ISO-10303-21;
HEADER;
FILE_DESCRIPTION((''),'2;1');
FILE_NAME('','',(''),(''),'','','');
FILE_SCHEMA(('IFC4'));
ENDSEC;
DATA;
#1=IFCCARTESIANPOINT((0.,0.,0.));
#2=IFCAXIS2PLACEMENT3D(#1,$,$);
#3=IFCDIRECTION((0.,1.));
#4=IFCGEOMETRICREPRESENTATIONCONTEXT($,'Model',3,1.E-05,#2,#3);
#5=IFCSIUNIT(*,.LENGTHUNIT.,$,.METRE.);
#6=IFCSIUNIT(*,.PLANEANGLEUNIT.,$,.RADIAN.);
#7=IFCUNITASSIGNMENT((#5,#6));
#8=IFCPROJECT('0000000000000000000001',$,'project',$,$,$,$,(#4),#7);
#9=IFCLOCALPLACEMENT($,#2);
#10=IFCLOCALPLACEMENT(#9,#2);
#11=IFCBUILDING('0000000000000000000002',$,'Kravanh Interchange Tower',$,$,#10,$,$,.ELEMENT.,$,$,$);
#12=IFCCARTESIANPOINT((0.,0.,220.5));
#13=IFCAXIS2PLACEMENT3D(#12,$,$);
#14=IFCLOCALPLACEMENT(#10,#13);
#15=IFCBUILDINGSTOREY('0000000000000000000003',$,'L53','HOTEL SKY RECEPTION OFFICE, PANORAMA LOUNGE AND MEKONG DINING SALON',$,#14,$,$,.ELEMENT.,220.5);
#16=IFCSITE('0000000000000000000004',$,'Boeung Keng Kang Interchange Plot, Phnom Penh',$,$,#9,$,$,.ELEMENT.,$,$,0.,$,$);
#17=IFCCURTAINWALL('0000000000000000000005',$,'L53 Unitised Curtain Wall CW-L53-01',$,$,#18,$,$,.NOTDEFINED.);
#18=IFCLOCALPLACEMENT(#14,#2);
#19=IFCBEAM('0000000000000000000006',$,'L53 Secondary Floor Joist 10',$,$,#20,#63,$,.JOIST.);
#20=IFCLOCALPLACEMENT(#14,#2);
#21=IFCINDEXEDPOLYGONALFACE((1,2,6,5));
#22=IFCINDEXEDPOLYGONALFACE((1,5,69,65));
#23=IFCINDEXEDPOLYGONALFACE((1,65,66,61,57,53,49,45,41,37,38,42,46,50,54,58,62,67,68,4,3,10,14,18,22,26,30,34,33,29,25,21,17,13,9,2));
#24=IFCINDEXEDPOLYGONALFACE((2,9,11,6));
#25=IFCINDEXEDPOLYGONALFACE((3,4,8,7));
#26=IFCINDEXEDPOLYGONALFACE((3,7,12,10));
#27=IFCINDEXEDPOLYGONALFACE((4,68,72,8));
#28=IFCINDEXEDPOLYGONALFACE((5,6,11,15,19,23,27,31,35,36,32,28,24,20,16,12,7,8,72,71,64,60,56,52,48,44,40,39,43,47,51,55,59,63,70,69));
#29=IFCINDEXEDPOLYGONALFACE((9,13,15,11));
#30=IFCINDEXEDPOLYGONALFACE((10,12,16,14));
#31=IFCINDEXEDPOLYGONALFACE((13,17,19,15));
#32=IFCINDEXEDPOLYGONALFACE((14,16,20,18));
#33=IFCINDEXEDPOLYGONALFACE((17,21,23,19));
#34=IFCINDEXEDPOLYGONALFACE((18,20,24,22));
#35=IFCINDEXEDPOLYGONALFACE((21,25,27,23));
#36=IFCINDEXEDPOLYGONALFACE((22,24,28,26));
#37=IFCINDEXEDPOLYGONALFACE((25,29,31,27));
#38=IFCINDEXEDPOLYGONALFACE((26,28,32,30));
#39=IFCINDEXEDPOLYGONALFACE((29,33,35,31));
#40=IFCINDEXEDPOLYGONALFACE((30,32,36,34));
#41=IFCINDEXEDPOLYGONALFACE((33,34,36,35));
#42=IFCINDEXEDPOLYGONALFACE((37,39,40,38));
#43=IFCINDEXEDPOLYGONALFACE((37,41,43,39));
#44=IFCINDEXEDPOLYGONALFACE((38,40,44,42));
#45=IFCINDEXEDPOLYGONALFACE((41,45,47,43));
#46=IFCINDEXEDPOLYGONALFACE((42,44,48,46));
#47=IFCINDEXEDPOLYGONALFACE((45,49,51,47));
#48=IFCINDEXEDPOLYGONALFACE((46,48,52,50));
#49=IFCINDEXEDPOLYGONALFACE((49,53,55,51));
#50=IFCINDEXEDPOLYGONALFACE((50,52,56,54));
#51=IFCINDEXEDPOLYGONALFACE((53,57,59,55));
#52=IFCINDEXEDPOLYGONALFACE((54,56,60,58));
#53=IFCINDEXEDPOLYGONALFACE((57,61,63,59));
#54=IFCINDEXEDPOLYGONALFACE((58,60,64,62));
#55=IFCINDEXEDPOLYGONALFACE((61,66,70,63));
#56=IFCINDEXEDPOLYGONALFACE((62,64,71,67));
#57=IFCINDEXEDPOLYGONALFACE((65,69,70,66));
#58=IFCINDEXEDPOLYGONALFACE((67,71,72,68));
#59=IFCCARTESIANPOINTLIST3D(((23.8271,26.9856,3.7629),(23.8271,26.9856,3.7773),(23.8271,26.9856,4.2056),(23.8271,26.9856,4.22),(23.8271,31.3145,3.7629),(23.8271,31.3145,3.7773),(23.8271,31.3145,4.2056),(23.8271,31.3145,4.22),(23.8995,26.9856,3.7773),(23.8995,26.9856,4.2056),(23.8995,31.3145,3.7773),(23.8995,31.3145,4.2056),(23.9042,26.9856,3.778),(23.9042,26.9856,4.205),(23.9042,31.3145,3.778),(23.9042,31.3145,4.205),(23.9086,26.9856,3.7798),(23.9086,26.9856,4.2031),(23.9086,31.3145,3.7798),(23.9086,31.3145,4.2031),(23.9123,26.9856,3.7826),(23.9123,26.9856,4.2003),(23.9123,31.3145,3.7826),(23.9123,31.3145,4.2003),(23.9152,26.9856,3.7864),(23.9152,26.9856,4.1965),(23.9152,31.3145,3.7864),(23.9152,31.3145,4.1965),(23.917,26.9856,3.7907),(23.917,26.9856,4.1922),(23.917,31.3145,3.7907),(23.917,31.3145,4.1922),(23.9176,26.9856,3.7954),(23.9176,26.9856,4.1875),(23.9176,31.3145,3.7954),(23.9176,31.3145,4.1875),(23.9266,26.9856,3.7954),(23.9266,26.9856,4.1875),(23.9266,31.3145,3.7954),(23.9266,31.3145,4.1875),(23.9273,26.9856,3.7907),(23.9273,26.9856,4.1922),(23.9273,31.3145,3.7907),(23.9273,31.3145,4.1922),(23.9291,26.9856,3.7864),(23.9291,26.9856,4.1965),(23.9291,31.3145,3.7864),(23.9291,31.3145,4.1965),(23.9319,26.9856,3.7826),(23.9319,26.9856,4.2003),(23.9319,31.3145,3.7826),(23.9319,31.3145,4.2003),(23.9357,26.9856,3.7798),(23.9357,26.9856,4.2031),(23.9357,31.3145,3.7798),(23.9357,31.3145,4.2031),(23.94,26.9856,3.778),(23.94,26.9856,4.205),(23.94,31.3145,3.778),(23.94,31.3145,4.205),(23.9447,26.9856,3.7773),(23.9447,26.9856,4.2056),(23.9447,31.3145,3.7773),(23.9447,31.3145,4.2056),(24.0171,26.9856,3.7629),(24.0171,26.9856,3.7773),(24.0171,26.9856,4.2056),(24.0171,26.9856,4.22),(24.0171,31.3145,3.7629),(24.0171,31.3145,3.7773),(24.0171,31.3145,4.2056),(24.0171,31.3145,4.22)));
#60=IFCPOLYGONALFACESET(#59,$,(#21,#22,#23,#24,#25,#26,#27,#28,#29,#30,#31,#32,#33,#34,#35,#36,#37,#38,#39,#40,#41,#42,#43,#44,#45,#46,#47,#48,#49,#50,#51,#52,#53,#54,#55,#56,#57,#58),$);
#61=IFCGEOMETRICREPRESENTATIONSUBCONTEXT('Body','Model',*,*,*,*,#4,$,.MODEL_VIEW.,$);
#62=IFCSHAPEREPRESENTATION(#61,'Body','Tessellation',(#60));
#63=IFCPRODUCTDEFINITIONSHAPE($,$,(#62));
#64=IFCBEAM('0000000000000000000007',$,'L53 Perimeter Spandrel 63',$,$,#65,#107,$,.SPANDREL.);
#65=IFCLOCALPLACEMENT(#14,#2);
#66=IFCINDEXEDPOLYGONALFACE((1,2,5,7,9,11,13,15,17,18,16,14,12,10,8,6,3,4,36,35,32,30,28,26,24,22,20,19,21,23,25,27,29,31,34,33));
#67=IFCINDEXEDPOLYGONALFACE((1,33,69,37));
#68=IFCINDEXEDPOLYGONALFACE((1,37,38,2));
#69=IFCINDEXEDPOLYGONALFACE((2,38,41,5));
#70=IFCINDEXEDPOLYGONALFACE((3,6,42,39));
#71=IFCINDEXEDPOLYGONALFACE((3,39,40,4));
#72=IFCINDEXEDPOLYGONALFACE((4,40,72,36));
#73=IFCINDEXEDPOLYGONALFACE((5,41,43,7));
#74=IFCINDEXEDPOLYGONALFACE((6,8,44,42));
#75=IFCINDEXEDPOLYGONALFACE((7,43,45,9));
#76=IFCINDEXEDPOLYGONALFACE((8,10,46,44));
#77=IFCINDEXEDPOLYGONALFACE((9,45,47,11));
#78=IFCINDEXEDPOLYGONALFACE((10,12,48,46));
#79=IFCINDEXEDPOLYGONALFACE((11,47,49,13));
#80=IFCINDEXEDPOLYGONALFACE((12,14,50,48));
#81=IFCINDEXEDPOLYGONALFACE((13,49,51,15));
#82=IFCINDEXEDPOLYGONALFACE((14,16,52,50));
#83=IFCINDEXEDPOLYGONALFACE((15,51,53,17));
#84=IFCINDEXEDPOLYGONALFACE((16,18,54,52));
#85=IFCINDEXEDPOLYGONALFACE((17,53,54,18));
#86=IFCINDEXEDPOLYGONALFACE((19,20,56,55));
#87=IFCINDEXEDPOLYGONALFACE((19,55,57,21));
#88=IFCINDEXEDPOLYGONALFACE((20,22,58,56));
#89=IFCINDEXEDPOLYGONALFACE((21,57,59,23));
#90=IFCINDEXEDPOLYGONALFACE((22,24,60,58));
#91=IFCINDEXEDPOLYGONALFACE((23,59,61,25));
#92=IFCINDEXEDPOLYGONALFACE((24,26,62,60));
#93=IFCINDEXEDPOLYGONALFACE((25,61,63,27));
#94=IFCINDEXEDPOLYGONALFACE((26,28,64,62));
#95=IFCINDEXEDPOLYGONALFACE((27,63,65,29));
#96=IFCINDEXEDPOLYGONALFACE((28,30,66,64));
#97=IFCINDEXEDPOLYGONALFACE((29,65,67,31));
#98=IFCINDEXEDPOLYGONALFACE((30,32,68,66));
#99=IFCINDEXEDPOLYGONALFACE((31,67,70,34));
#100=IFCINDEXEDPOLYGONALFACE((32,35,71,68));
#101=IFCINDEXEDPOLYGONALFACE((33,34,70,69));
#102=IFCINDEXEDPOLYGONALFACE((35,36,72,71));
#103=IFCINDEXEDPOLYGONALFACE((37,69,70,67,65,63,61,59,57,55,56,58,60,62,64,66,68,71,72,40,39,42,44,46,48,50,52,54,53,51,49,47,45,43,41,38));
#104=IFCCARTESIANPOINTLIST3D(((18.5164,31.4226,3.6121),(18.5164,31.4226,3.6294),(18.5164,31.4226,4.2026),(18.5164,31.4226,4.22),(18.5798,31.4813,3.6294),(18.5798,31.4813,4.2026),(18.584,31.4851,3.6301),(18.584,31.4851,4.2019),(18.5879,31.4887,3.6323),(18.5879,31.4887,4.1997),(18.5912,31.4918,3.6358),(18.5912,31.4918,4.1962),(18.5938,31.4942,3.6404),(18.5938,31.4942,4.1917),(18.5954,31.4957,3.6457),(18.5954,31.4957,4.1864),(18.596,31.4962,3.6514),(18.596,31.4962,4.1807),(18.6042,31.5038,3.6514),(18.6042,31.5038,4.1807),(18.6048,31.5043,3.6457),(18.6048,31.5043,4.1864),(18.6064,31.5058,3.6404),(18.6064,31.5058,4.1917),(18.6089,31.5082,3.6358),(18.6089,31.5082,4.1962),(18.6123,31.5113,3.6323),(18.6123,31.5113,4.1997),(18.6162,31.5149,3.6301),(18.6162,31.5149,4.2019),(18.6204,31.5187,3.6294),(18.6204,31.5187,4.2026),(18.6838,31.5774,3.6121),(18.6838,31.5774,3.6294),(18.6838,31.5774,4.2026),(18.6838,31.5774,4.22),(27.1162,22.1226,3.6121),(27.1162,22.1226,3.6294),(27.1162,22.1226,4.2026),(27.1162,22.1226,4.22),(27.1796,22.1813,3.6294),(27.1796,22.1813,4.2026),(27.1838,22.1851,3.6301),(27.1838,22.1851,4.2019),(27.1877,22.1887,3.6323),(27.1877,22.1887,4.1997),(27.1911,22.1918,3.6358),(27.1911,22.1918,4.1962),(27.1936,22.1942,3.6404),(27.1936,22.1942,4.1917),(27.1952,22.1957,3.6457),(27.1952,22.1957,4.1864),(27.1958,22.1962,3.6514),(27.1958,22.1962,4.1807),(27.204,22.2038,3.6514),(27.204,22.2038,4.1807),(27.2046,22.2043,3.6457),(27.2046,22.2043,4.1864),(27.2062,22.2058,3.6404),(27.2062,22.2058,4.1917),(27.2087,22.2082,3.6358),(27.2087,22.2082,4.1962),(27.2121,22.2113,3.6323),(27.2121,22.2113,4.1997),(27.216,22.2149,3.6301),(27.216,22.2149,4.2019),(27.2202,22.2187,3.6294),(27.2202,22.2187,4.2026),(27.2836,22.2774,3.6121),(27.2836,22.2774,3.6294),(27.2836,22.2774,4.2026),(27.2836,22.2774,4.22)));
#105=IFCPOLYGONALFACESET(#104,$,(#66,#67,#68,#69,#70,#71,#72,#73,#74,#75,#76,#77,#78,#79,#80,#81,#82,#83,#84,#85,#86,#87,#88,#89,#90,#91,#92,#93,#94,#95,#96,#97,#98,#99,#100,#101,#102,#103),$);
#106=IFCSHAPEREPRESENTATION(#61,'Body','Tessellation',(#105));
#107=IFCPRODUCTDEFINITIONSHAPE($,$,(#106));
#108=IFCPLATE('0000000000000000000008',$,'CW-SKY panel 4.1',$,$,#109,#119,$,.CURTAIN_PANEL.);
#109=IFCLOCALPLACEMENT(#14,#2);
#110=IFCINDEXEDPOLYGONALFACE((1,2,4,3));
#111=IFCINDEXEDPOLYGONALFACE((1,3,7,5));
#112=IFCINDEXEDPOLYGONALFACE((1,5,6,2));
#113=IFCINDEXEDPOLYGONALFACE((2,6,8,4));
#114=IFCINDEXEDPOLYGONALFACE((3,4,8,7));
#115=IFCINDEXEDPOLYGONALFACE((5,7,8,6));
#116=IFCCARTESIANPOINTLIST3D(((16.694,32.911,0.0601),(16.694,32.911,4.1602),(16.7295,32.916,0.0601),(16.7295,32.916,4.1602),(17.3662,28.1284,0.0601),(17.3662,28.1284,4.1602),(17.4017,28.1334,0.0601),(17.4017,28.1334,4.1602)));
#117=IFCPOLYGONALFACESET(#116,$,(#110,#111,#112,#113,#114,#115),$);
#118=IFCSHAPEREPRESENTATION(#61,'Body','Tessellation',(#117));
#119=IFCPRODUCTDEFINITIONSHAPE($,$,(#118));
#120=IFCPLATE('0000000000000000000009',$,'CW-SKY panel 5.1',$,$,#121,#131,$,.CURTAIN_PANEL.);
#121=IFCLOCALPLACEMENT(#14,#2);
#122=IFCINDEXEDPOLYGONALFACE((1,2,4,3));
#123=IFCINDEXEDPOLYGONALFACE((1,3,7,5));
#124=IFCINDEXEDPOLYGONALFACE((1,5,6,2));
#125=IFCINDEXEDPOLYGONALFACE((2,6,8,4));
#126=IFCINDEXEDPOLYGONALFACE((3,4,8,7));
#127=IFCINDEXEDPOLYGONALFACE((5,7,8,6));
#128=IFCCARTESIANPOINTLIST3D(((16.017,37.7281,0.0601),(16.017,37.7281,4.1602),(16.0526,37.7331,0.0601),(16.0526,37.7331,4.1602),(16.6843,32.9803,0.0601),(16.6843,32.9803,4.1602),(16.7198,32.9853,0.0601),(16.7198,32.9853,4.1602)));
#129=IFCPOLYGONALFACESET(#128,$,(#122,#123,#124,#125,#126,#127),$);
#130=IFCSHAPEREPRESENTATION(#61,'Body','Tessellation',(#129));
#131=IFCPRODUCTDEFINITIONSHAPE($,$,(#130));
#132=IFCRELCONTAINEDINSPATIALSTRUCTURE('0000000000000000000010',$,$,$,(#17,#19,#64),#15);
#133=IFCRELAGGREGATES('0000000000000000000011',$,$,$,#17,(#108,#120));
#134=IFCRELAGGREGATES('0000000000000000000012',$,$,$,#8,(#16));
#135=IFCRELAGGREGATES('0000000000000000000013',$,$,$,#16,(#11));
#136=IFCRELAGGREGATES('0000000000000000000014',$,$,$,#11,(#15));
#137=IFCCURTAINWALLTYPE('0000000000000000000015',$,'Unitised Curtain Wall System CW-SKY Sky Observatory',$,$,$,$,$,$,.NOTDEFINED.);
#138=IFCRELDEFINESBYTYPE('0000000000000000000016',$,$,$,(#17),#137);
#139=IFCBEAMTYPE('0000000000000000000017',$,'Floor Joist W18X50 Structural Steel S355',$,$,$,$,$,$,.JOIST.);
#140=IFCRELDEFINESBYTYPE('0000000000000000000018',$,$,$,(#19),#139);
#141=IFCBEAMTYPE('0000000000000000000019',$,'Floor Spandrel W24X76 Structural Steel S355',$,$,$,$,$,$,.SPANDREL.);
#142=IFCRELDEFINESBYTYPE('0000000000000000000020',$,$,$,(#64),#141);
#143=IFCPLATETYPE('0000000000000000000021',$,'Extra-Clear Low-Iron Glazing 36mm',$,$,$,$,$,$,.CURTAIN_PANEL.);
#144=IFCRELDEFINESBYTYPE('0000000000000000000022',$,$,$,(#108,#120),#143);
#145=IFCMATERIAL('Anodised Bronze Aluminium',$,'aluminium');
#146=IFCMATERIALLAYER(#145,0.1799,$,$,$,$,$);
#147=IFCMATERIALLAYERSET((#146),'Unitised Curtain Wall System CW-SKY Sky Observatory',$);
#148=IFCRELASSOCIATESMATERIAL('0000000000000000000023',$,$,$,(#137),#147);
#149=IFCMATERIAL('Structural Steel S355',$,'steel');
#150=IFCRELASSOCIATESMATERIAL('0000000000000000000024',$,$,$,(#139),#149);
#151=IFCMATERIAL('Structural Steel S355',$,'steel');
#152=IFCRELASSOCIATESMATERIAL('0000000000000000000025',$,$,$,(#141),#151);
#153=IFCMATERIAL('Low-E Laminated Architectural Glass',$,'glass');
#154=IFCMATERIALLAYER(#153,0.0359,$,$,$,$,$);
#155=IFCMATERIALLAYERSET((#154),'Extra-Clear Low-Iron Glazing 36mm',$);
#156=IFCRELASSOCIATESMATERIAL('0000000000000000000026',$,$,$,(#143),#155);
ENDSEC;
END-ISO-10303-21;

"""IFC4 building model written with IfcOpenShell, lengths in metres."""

from ifc_helpers import new_model, si_unit, direction, frame, origin, origin_2d, place, context, subcontext, project, spatial, rectangle, i_section, extrude, material, layer, layer_set, material_profile, profile_set, type_object, element, aggregate, save


model = new_model("IFC4")

# Units and contexts
model_context = context("Model", 3, precision=1e-05, world=origin(), true_north=direction((0.0, 1.0)))
body_context = subcontext(model_context, "Body", "Model", "MODEL_VIEW")
ifc_project = project(units=[si_unit("LENGTHUNIT", "METRE"), si_unit("PLANEANGLEUNIT", "RADIAN")], contexts=[model_context])

# Site, building, storey
site_placement = place(None, origin())
site = spatial("IfcSite", under=ifc_project, at=site_placement, Name="Boeung Keng Kang Interchange Plot, Phnom Penh", CompositionType="ELEMENT", RefElevation=0.0)
building_placement = place(site_placement, origin())
building = spatial("IfcBuilding", under=site, at=building_placement, Name="Kravanh Interchange Tower", CompositionType="ELEMENT")
storey_placement = place(building_placement, frame((0.0, 0.0, 220.5)))
storey = spatial("IfcBuildingStorey", under=building, at=storey_placement, Name="L53", Description="HOTEL SKY RECEPTION OFFICE, PANORAMA LOUNGE AND MEKONG DINING SALON", CompositionType="ELEMENT", Elevation=220.5)

# Curtain wall
ifc_material_1 = material(Name="Anodised Bronze Aluminium", Category="aluminium")
ifc_layer_1 = layer(ifc_material_1, 0.1799)
ifc_layer_set_1 = layer_set([ifc_layer_1], Name="Unitised Curtain Wall System CW-SKY Sky Observatory")
curtain_wall_type = type_object("IfcCurtainWallType", Name="Unitised Curtain Wall System CW-SKY Sky Observatory", PredefinedType="NOTDEFINED", material=ifc_layer_set_1)
curtain_wall_placement = place(storey_placement, origin())
curtain_wall = element("IfcCurtainWall", 1, at=curtain_wall_placement, inside=storey, type_object=curtain_wall_type, Name="L53 Unitised Curtain Wall CW-L53-01", PredefinedType="NOTDEFINED")

# Beams
ifc_material_2 = material(Name="Structural Steel S355", Category="steel")
ifc_material_profile_1 = material_profile(ifc_material_2, i_section(OverallWidth=0.1899, OverallDepth=0.457, WebThickness=0.009, FlangeThickness=0.0144, FilletRadius=0.0181, at=origin_2d()), Name="W18X50")
ifc_profile_set_1 = profile_set([ifc_material_profile_1], Name="Structural Steel S355")
beam_type_1 = type_object("IfcBeamType", Name="Floor Joist W18X50 Structural Steel S355", PredefinedType="JOIST", material=ifc_profile_set_1)
for number, where, z_axis, x_axis, name in (
    (2, (23.9221, 26.9856, 3.9915), (0.0, 1.0, 0.0), (-1.0, 0.0, 0.0), "L53 Secondary Floor Joist 10"),
):
    element("IfcBeam", number, at=place(storey_placement, frame(where, z_axis=z_axis, x_axis=x_axis)), inside=storey, type_object=beam_type_1, Name=name, PredefinedType="JOIST", context=body_context, shape_type="SweptSolid", body=[
        extrude(i_section(OverallWidth=0.1899, OverallDepth=0.457, WebThickness=0.009, FlangeThickness=0.0144, FilletRadius=0.0181, at=origin_2d()), origin(), (0.0, 0.0, 1.0), 4.3289),
    ])
ifc_material_3 = material(Name="Structural Steel S355", Category="steel")
ifc_material_profile_2 = material_profile(ifc_material_3, i_section(OverallWidth=0.228, OverallDepth=0.6079, WebThickness=0.0112, FlangeThickness=0.0173, FilletRadius=0.022, at=origin_2d()), Name="W24X76")
ifc_profile_set_2 = profile_set([ifc_material_profile_2], Name="Structural Steel S355")
beam_type_2 = type_object("IfcBeamType", Name="Floor Spandrel W24X76 Structural Steel S355", PredefinedType="SPANDREL", material=ifc_profile_set_2)
beam_1_placement = place(storey_placement, frame((18.6001, 31.5, 3.916), z_axis=(0.678927, -0.734205, 0.0), x_axis=(0.734205, 0.678927, 0.0)))
element("IfcBeam", 3, at=beam_1_placement, inside=storey, type_object=beam_type_2, Name="L53 Perimeter Spandrel 63", PredefinedType="SPANDREL", context=body_context, shape_type="SweptSolid", body=[
    extrude(i_section(OverallWidth=0.228, OverallDepth=0.6079, WebThickness=0.0112, FlangeThickness=0.0173, FilletRadius=0.022, at=origin_2d()), origin(), (0.0, 0.0, 1.0), 12.6667),
])

# Plates
ifc_material_4 = material(Name="Low-E Laminated Architectural Glass", Category="glass")
ifc_layer_2 = layer(ifc_material_4, 0.0359)
ifc_layer_set_2 = layer_set([ifc_layer_2], Name="Extra-Clear Low-Iron Glazing 36mm")
plate_type = type_object("IfcPlateType", Name="Extra-Clear Low-Iron Glazing 36mm", PredefinedType="CURTAIN_PANEL", material=ifc_layer_set_2)
plate_1_placement = place(storey_placement, frame((17.0479, 30.5222, 0.0601), z_axis=(0.0, 0.0, 1.0), x_axis=(-0.139172, 0.990268, 0.0)))
plate_1 = element("IfcPlate", 4, at=plate_1_placement, type_object=plate_type, Name="CW-SKY panel 4.1", PredefinedType="CURTAIN_PANEL", context=body_context, shape_type="SweptSolid", body=[
    extrude(rectangle(XDim=4.8296, YDim=0.0359, at=origin_2d()), origin(), (0.0, 0.0, 1.0), 4.1001),
])
plate_2_placement = place(storey_placement, frame((16.3684, 35.3567, 0.0601), z_axis=(0.0, 0.0, 1.0), x_axis=(-0.139172, 0.990268, 0.0)))
plate_2 = element("IfcPlate", 5, at=plate_2_placement, type_object=plate_type, Name="CW-SKY panel 5.1", PredefinedType="CURTAIN_PANEL", context=body_context, shape_type="SweptSolid", body=[
    extrude(rectangle(XDim=4.7944, YDim=0.0359, at=origin_2d()), origin(), (0.0, 0.0, 1.0), 4.1001),
])
aggregate(curtain_wall, [plate_1, plate_2])

save(model, "model.ifc")
